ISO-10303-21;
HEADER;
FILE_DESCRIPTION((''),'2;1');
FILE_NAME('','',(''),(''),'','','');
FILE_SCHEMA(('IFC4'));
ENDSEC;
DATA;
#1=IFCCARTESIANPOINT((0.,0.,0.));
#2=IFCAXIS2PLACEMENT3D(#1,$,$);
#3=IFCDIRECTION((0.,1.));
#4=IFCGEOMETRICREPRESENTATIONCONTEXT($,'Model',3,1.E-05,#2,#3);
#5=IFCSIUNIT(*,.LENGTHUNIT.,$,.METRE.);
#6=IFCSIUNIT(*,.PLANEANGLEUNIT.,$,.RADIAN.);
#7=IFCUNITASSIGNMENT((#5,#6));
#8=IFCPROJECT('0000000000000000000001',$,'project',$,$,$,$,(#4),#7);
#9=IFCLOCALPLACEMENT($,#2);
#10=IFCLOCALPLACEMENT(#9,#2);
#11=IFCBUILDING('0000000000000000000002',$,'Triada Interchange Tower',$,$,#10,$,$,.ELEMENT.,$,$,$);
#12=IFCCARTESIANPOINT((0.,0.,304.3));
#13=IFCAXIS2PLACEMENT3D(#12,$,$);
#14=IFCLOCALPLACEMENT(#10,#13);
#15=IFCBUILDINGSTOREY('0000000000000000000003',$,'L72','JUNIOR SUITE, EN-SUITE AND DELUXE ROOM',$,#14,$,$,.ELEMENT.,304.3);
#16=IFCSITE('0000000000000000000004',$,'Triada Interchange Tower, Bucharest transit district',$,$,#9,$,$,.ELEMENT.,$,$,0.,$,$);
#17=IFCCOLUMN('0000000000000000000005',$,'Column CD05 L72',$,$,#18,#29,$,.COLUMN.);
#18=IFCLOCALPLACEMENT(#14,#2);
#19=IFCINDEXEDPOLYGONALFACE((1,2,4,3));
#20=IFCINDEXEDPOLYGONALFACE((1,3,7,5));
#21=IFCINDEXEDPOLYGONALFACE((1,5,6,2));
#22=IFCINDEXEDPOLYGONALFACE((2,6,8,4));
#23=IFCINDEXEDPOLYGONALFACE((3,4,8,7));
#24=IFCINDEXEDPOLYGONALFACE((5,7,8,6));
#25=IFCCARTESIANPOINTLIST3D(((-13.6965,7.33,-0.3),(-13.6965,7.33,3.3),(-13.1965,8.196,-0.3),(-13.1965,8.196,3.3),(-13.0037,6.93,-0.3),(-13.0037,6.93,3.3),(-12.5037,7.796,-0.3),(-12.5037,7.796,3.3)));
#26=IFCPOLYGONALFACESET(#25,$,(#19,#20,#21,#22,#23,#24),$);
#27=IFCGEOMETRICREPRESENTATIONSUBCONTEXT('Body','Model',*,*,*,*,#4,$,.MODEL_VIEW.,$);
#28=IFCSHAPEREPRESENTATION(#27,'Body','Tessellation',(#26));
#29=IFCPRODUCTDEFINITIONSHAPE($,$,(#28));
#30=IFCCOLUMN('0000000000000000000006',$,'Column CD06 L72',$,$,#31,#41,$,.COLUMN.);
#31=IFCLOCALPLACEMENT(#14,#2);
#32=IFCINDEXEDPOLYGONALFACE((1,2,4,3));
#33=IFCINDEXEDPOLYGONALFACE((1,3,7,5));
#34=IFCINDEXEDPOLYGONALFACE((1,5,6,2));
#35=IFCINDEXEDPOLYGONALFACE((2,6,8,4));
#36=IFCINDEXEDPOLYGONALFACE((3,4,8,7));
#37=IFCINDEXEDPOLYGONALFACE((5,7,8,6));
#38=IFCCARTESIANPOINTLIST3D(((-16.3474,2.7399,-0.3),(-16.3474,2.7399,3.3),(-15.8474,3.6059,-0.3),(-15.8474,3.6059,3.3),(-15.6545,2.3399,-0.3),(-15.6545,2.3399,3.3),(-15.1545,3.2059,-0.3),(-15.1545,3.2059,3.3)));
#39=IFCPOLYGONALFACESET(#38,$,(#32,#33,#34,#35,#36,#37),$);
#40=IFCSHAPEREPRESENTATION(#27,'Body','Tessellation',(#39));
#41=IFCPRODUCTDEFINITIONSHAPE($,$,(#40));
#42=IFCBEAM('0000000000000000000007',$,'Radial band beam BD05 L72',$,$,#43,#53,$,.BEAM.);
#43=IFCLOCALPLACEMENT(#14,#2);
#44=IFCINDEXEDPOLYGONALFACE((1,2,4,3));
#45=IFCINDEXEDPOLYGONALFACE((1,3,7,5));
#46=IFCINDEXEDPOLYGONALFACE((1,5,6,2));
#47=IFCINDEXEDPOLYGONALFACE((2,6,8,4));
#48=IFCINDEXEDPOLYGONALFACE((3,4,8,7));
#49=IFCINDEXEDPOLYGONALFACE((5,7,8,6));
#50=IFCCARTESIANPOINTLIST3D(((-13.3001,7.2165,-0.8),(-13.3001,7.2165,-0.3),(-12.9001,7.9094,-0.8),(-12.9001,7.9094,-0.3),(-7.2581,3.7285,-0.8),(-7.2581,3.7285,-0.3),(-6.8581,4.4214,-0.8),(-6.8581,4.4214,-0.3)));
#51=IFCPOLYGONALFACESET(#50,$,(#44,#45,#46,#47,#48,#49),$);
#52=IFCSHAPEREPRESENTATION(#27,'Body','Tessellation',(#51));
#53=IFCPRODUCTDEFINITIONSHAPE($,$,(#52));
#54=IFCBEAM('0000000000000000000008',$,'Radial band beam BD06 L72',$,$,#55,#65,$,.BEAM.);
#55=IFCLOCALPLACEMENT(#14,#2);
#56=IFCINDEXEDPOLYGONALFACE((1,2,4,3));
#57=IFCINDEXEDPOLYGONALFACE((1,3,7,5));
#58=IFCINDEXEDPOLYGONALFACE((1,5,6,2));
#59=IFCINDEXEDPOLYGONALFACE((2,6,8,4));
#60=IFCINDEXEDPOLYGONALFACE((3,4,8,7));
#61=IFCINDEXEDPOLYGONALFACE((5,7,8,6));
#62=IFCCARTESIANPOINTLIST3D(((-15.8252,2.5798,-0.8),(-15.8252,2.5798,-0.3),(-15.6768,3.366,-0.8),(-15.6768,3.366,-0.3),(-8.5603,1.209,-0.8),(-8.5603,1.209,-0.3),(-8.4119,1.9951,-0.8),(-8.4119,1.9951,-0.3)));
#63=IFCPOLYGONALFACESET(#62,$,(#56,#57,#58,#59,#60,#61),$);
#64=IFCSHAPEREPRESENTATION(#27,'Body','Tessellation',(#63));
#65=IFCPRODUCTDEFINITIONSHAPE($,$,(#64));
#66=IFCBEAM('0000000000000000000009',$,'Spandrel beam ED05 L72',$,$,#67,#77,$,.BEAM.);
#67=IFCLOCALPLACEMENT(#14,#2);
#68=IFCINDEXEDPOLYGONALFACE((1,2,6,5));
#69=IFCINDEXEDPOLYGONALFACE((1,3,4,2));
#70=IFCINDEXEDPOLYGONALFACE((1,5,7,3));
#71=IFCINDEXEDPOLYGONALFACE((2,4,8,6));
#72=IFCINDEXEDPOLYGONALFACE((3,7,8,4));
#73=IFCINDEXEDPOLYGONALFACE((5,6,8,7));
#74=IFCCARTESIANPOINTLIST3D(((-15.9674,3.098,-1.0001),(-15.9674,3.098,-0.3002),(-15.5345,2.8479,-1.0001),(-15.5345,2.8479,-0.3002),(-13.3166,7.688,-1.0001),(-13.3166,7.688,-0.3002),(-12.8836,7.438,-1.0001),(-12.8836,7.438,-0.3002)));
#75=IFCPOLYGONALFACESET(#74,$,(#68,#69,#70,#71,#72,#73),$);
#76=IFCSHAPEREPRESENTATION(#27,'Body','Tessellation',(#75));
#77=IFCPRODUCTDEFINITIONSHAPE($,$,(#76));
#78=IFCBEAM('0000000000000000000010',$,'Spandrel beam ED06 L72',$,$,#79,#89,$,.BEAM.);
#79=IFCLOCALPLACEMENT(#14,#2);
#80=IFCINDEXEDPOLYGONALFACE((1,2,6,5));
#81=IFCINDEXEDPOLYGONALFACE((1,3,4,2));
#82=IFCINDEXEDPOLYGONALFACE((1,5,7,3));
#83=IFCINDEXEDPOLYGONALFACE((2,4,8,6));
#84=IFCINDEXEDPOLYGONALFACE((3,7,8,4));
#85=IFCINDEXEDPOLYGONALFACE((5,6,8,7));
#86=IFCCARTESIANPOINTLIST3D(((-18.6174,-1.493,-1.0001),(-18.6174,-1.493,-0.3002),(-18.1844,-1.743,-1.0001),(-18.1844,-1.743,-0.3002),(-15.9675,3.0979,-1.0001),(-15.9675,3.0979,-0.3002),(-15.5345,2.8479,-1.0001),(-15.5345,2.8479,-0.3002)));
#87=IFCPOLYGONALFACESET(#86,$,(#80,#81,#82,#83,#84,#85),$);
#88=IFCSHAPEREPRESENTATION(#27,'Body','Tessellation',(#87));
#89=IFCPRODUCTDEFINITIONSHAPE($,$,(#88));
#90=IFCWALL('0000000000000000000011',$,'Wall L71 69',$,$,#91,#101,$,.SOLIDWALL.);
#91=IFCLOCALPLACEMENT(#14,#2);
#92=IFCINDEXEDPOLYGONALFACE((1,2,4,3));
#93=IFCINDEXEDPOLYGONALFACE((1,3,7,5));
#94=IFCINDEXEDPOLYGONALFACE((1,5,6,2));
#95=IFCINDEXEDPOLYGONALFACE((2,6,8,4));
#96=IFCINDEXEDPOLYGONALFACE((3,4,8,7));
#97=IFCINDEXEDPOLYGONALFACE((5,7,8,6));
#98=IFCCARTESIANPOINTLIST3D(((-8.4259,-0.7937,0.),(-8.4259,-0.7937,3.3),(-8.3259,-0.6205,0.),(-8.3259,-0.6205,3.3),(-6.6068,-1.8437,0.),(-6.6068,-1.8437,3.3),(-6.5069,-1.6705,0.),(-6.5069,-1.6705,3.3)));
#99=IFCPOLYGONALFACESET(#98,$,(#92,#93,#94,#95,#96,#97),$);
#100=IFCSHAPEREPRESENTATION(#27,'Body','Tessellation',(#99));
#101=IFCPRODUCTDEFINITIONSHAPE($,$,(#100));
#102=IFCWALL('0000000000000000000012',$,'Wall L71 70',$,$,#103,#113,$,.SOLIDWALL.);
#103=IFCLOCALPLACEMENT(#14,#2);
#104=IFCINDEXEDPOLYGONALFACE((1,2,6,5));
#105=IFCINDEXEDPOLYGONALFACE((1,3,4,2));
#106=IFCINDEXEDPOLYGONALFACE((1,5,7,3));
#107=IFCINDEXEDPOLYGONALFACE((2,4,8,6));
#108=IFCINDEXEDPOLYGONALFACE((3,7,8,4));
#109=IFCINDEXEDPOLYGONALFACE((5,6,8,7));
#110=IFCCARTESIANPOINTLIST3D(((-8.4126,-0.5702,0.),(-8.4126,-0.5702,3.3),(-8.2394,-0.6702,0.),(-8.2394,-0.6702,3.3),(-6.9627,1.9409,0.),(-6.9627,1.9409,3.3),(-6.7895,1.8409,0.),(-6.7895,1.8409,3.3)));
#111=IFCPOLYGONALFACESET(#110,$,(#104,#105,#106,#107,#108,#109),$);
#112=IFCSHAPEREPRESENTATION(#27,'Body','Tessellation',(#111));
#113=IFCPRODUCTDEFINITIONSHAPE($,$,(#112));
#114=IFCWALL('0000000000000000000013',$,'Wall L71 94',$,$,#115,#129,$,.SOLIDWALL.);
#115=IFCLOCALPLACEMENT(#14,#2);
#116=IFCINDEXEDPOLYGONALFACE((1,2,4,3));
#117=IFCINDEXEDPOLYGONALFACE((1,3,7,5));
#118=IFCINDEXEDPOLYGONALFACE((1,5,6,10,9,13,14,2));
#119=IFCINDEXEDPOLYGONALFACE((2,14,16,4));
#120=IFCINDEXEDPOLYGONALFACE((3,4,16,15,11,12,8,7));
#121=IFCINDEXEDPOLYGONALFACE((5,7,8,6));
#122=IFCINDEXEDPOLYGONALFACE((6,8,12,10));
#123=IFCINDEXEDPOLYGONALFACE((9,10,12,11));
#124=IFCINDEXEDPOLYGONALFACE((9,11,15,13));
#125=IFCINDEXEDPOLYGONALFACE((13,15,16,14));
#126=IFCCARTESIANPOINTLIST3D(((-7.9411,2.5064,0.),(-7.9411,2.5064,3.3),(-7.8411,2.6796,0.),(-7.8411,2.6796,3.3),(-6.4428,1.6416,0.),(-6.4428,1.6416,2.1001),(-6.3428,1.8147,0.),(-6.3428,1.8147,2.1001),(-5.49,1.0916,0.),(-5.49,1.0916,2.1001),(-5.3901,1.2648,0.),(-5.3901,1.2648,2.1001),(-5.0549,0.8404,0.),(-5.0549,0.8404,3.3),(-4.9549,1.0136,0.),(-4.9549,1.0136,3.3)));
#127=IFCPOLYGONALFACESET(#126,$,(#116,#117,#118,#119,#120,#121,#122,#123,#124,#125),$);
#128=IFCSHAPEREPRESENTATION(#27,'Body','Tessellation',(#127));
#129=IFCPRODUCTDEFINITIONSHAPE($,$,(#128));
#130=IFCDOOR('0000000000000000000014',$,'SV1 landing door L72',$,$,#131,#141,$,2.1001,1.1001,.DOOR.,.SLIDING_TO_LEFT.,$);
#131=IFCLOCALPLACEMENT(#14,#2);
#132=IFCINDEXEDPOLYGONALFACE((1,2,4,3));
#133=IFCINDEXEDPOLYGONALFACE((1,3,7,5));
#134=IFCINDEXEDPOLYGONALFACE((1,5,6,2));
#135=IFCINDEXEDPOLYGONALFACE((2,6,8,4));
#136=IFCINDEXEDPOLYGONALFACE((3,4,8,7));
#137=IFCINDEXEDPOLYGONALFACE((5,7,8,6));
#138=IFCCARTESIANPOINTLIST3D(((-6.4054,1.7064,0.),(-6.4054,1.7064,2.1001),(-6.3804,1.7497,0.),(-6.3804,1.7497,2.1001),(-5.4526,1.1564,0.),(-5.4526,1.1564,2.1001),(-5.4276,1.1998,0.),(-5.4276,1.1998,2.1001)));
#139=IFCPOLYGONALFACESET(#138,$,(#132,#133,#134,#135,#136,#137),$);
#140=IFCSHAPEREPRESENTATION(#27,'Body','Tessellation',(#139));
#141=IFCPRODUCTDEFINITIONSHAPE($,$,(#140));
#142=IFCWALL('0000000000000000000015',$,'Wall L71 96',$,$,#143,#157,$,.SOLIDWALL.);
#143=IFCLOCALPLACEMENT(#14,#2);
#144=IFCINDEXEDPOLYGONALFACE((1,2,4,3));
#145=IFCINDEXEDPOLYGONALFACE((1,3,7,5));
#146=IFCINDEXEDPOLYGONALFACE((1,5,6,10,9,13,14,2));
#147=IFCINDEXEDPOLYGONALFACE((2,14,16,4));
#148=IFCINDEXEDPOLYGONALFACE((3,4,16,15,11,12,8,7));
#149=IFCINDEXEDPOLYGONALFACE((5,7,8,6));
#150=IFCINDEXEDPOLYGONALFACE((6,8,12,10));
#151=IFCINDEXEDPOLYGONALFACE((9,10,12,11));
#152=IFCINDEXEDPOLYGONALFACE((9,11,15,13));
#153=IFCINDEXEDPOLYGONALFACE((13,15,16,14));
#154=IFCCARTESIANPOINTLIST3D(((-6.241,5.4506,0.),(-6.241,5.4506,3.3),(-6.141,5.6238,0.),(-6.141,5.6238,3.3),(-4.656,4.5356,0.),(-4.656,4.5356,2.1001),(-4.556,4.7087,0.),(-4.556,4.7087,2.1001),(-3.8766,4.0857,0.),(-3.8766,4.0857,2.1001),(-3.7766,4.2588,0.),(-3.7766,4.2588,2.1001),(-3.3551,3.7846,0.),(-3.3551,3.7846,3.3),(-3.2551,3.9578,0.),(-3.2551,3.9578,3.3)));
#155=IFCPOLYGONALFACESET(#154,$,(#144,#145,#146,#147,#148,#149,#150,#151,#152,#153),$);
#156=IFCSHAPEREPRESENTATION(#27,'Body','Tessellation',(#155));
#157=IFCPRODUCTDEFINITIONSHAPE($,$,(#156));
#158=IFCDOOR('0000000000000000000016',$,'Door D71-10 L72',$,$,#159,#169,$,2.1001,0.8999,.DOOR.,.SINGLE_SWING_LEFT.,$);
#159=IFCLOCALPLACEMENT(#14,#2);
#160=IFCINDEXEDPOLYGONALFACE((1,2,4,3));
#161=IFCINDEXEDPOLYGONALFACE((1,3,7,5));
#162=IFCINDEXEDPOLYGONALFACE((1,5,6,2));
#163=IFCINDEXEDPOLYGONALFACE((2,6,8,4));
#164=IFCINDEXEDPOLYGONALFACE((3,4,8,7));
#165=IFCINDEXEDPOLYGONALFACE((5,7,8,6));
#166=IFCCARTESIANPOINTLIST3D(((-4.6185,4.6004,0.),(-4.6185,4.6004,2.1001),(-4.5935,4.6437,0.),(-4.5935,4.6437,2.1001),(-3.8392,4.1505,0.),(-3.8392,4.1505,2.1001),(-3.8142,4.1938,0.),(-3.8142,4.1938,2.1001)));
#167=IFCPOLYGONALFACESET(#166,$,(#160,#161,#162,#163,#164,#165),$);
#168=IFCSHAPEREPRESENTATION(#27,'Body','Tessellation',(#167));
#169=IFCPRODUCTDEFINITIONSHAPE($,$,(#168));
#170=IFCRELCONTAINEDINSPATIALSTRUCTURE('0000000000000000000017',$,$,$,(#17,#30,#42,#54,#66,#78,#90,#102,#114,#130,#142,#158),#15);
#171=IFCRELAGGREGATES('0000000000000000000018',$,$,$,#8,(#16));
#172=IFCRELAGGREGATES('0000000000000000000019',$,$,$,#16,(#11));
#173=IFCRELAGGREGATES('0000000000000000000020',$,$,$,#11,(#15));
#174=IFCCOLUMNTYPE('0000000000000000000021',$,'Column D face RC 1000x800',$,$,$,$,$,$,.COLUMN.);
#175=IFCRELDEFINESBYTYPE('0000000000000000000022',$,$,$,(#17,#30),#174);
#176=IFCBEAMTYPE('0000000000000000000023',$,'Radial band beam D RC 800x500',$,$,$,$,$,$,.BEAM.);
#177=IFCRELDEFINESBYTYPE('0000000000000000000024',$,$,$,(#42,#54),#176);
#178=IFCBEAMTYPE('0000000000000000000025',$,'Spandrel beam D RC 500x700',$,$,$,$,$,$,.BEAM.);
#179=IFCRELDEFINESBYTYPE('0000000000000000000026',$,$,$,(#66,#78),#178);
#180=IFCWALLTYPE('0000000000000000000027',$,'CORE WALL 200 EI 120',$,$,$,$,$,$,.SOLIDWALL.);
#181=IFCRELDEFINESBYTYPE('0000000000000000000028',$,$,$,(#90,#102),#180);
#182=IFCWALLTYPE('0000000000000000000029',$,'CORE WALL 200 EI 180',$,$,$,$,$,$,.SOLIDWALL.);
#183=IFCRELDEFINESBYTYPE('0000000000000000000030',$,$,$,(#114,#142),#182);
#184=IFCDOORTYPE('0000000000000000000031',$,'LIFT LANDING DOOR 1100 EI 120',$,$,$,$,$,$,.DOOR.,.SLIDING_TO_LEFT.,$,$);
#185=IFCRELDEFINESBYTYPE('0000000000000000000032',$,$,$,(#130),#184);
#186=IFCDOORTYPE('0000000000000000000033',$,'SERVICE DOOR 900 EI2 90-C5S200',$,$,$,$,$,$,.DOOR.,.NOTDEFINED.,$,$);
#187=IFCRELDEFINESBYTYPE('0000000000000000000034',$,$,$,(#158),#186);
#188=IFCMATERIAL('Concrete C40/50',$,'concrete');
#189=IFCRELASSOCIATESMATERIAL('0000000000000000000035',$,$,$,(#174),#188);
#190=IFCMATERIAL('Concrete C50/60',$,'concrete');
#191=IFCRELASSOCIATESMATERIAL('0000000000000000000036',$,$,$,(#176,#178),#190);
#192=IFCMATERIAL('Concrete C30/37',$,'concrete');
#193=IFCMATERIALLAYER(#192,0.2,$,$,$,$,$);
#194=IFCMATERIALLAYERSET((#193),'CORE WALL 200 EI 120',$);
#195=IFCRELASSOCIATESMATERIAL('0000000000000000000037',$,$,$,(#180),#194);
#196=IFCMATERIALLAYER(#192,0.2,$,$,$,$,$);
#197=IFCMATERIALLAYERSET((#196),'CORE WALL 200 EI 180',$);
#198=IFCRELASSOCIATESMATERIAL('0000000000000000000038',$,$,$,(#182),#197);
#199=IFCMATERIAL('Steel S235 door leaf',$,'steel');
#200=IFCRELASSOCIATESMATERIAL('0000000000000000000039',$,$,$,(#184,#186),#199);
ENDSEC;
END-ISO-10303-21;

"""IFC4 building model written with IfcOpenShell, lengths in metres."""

from ifc_helpers import new_model, si_unit, direction, frame, frame_2d, origin, origin_2d, place, context, subcontext, project, spatial, rectangle, extrude, material, layer, layer_set, material_profile, profile_set, type_object, element, fill, save


model = new_model("IFC4")

# Units and contexts
model_context = context("Model", 3, precision=1e-05, world=origin(), true_north=direction((0.0, 1.0)))
body_context = subcontext(model_context, "Body", "Model", "MODEL_VIEW")
ifc_project = project(units=[si_unit("LENGTHUNIT", "METRE"), si_unit("PLANEANGLEUNIT", "RADIAN")], contexts=[model_context])

# Site, building, storey
site_placement = place(None, origin())
site = spatial("IfcSite", under=ifc_project, at=site_placement, Name="Triada Interchange Tower, Bucharest transit district", CompositionType="ELEMENT", RefElevation=0.0)
building_placement = place(site_placement, origin())
building = spatial("IfcBuilding", under=site, at=building_placement, Name="Triada Interchange Tower", CompositionType="ELEMENT")
storey_placement = place(building_placement, frame((0.0, 0.0, 304.3)))
storey = spatial("IfcBuildingStorey", under=building, at=storey_placement, Name="L72", Description="JUNIOR SUITE, EN-SUITE AND DELUXE ROOM", CompositionType="ELEMENT", Elevation=304.3)

# Columns
ifc_material_1 = material(Name="Concrete C40/50", Category="concrete")
ifc_material_profile_1 = material_profile(ifc_material_1, rectangle(XDim=1.0, YDim=0.8, at=origin_2d()), Name="RC 1000x800")
ifc_profile_set_1 = profile_set([ifc_material_profile_1], Name="Concrete C40/50")
column_type = type_object("IfcColumnType", Name="Column D face RC 1000x800", PredefinedType="COLUMN", material=ifc_profile_set_1)
for number, where, z_axis, x_axis, name in (
    (1, (-13.1001, 7.563, -0.3), (0.0, 0.0, 1.0), (0.5, 0.866025, 0.0), "Column CD05 L72"),
    (2, (-15.751, 2.9729, -0.3), (0.0, 0.0, 1.0), (0.5, 0.866025, 0.0), "Column CD06 L72"),
):
    element("IfcColumn", number, at=place(storey_placement, frame(where, z_axis=z_axis, x_axis=x_axis)), inside=storey, type_object=column_type, Name=name, PredefinedType="COLUMN", context=body_context, shape_type="SweptSolid", body=[
        extrude(rectangle(XDim=1.0, YDim=0.8, at=origin_2d()), origin(), (0.0, 0.0, 1.0), 3.6001),
    ])

# Beams
ifc_material_2 = material(Name="Concrete C50/60", Category="concrete")
ifc_material_profile_2 = material_profile(ifc_material_2, rectangle(XDim=0.8, YDim=0.5, at=origin_2d()), Name="RC 800x500")
ifc_profile_set_2 = profile_set([ifc_material_profile_2], Name="Concrete C50/60")
beam_type_1 = type_object("IfcBeamType", Name="Radial band beam D RC 800x500", PredefinedType="BEAM", material=ifc_profile_set_2)
beam_1_placement = place(storey_placement, frame((-13.1001, 7.563, -0.55), z_axis=(0.866045, -0.499967, 0.0), x_axis=(0.499967, 0.866045, 0.0)))
element("IfcBeam", 3, at=beam_1_placement, inside=storey, type_object=beam_type_1, Name="Radial band beam BD05 L72", PredefinedType="BEAM", context=body_context, shape_type="SweptSolid", body=[
    extrude(rectangle(XDim=0.8, YDim=0.5, at=origin_2d()), origin(), (0.0, 0.0, 1.0), 6.9766),
])
beam_2_placement = place(storey_placement, frame((-15.751, 2.9729, -0.55), z_axis=(0.982659, -0.185423, 0.0), x_axis=(0.185423, 0.982659, 0.0)))
element("IfcBeam", 4, at=beam_2_placement, inside=storey, type_object=beam_type_1, Name="Radial band beam BD06 L72", PredefinedType="BEAM", context=body_context, shape_type="SweptSolid", body=[
    extrude(rectangle(XDim=0.8, YDim=0.5, at=origin_2d()), origin(), (0.0, 0.0, 1.0), 7.3931),
])
ifc_material_profile_3 = material_profile(ifc_material_2, rectangle(XDim=0.5, YDim=0.7, at=origin_2d()), Name="RC 500x700")
ifc_profile_set_3 = profile_set([ifc_material_profile_3], Name="Concrete C50/60")
beam_type_2 = type_object("IfcBeamType", Name="Spandrel beam D RC 500x700", PredefinedType="BEAM", material=ifc_profile_set_3)
beam_3_placement = place(storey_placement, frame((-13.1001, 7.563, -0.6501), z_axis=(-0.500112, -0.865961, 0.0), x_axis=(0.865961, -0.500112, 0.0)))
element("IfcBeam", 5, at=beam_3_placement, inside=storey, type_object=beam_type_2, Name="Spandrel beam ED05 L72", PredefinedType="BEAM", context=body_context, shape_type="SweptSolid", body=[
    extrude(rectangle(XDim=0.5, YDim=0.7, at=origin_2d()), origin(), (0.0, 0.0, 1.0), 5.3005),
])
beam_4_placement = place(storey_placement, frame((-15.751, 2.9729, -0.6501), z_axis=(-0.499914, -0.866075, 0.0), x_axis=(0.866075, -0.499914, 0.0)))
element("IfcBeam", 6, at=beam_4_placement, inside=storey, type_object=beam_type_2, Name="Spandrel beam ED06 L72", PredefinedType="BEAM", context=body_context, shape_type="SweptSolid", body=[
    extrude(rectangle(XDim=0.5, YDim=0.7, at=origin_2d()), origin(), (0.0, 0.0, 1.0), 5.3008),
])

# Walls
ifc_material_3 = material(Name="Concrete C30/37", Category="concrete")
ifc_layer_1 = layer(ifc_material_3, 0.2)
ifc_layer_set_1 = layer_set([ifc_layer_1], Name="CORE WALL 200 EI 120")
wall_type_1 = type_object("IfcWallType", Name="CORE WALL 200 EI 120", PredefinedType="SOLIDWALL", material=ifc_layer_set_1)
wall_1_placement = place(storey_placement, frame((-8.376, -0.707, 0.0), z_axis=(0.0, 0.0, 1.0), x_axis=(0.866068, -0.499927, 0.0)))
element("IfcWall", 7, at=wall_1_placement, inside=storey, type_object=wall_type_1, Name="Wall L71 69", PredefinedType="SOLIDWALL", context=body_context, shape_type="SweptSolid", body=[
    extrude(rectangle(XDim=2.1003, YDim=0.2, at=frame_2d((1.0503, 0.0))), origin(), (0.0, 0.0, 1.0), 3.3),
])
wall_2_placement = place(storey_placement, frame((-8.3259, -0.6201, 0.0), z_axis=(0.0, 0.0, 1.0), x_axis=(0.500024, 0.866012, 0.0)))
element("IfcWall", 8, at=wall_2_placement, inside=storey, type_object=wall_type_1, Name="Wall L71 70", PredefinedType="SOLIDWALL", context=body_context, shape_type="SweptSolid", body=[
    extrude(rectangle(XDim=2.8997, YDim=0.2, at=frame_2d((1.4497, 0.0))), origin(), (0.0, 0.0, 1.0), 3.3),
])

# Walls, openings, doors
ifc_layer_2 = layer(ifc_material_3, 0.2)
ifc_layer_set_2 = layer_set([ifc_layer_2], Name="CORE WALL 200 EI 180")
wall_type_2 = type_object("IfcWallType", Name="CORE WALL 200 EI 180", PredefinedType="SOLIDWALL", material=ifc_layer_set_2)
wall_3_placement = place(storey_placement, frame((-7.8911, 2.593, 0.0), z_axis=(0.0, 0.0, 1.0), x_axis=(0.866071, -0.499921, 0.0)))
wall_3 = element("IfcWall", 9, at=wall_3_placement, inside=storey, type_object=wall_type_2, Name="Wall L71 94", PredefinedType="SOLIDWALL", context=body_context, shape_type="SweptSolid", body=[
    extrude(rectangle(XDim=3.3325, YDim=0.2, at=frame_2d((1.6663, 0.0))), origin(), (0.0, 0.0, 1.0), 3.3),
])
opening_1_placement = place(wall_3_placement, frame((1.73, 0.0, 0.0)))
opening_1 = element("IfcOpeningElement", 10, at=opening_1_placement, cuts=wall_3, PredefinedType="OPENING", context=body_context, shape_type="SweptSolid", body=[
    extrude(rectangle(XDim=1.1001, YDim=2.1001, at=frame_2d((0.55, 1.05))), frame((0.0, 0.1099, 0.0), z_axis=(0.0, -1.0, 0.0), x_axis=(1.0, 0.0, 0.0)), (0.0, 0.0, 1.0), 0.22),
])
ifc_material_4 = material(Name="Steel S235 door leaf", Category="steel")
door_type_1 = type_object("IfcDoorType", Name="LIFT LANDING DOOR 1100 EI 120", OperationType="SLIDING_TO_LEFT", PredefinedType="DOOR", material=ifc_material_4)
door_1_placement = place(opening_1_placement, origin())
door_1 = element("IfcDoor", 11, at=door_1_placement, inside=storey, type_object=door_type_1, Name="SV1 landing door L72", OperationType="SLIDING_TO_LEFT", OverallHeight=2.1001, OverallWidth=1.1001, PredefinedType="DOOR", context=body_context, shape_type="SweptSolid", body=[
    extrude(rectangle(XDim=1.1001, YDim=2.1001, at=frame_2d((0.55, 1.05))), frame((0.0, 0.0249, 0.0), z_axis=(0.0, -1.0, 0.0), x_axis=(1.0, 0.0, 0.0)), (0.0, 0.0, 1.0), 0.05),
])
fill(opening_1, door_1)
wall_4_placement = place(storey_placement, frame((-6.1909, 5.5371, 0.0), z_axis=(0.0, 0.0, 1.0), x_axis=(0.866053, -0.499953, 0.0)))
wall_4 = element("IfcWall", 12, at=wall_4_placement, inside=storey, type_object=wall_type_2, Name="Wall L71 96", PredefinedType="SOLIDWALL", context=body_context, shape_type="SweptSolid", body=[
    extrude(rectangle(XDim=3.3323, YDim=0.2, at=frame_2d((1.666, 0.0))), origin(), (0.0, 0.0, 1.0), 3.3),
])
opening_2_placement = place(wall_4_placement, frame((1.8301, 0.0, 0.0)))
opening_2 = element("IfcOpeningElement", 13, at=opening_2_placement, cuts=wall_4, PredefinedType="OPENING", context=body_context, shape_type="SweptSolid", body=[
    extrude(rectangle(XDim=0.8999, YDim=2.1001, at=frame_2d((0.45, 1.05))), frame((0.0, 0.1099, 0.0), z_axis=(0.0, -1.0, 0.0), x_axis=(1.0, 0.0, 0.0)), (0.0, 0.0, 1.0), 0.22),
])
door_type_2 = type_object("IfcDoorType", Name="SERVICE DOOR 900 EI2 90-C5S200", OperationType="NOTDEFINED", PredefinedType="DOOR", material=ifc_material_4)
door_2_placement = place(opening_2_placement, origin())
door_2 = element("IfcDoor", 14, at=door_2_placement, inside=storey, type_object=door_type_2, Name="Door D71-10 L72", OperationType="SINGLE_SWING_LEFT", OverallHeight=2.1001, OverallWidth=0.8999, PredefinedType="DOOR", context=body_context, shape_type="SweptSolid", body=[
    extrude(rectangle(XDim=0.8999, YDim=2.1001, at=frame_2d((0.45, 1.05))), frame((0.0, 0.0249, 0.0), z_axis=(0.0, -1.0, 0.0), x_axis=(1.0, 0.0, 0.0)), (0.0, 0.0, 1.0), 0.05),
])
fill(opening_2, door_2)

save(model, "model.ifc")
